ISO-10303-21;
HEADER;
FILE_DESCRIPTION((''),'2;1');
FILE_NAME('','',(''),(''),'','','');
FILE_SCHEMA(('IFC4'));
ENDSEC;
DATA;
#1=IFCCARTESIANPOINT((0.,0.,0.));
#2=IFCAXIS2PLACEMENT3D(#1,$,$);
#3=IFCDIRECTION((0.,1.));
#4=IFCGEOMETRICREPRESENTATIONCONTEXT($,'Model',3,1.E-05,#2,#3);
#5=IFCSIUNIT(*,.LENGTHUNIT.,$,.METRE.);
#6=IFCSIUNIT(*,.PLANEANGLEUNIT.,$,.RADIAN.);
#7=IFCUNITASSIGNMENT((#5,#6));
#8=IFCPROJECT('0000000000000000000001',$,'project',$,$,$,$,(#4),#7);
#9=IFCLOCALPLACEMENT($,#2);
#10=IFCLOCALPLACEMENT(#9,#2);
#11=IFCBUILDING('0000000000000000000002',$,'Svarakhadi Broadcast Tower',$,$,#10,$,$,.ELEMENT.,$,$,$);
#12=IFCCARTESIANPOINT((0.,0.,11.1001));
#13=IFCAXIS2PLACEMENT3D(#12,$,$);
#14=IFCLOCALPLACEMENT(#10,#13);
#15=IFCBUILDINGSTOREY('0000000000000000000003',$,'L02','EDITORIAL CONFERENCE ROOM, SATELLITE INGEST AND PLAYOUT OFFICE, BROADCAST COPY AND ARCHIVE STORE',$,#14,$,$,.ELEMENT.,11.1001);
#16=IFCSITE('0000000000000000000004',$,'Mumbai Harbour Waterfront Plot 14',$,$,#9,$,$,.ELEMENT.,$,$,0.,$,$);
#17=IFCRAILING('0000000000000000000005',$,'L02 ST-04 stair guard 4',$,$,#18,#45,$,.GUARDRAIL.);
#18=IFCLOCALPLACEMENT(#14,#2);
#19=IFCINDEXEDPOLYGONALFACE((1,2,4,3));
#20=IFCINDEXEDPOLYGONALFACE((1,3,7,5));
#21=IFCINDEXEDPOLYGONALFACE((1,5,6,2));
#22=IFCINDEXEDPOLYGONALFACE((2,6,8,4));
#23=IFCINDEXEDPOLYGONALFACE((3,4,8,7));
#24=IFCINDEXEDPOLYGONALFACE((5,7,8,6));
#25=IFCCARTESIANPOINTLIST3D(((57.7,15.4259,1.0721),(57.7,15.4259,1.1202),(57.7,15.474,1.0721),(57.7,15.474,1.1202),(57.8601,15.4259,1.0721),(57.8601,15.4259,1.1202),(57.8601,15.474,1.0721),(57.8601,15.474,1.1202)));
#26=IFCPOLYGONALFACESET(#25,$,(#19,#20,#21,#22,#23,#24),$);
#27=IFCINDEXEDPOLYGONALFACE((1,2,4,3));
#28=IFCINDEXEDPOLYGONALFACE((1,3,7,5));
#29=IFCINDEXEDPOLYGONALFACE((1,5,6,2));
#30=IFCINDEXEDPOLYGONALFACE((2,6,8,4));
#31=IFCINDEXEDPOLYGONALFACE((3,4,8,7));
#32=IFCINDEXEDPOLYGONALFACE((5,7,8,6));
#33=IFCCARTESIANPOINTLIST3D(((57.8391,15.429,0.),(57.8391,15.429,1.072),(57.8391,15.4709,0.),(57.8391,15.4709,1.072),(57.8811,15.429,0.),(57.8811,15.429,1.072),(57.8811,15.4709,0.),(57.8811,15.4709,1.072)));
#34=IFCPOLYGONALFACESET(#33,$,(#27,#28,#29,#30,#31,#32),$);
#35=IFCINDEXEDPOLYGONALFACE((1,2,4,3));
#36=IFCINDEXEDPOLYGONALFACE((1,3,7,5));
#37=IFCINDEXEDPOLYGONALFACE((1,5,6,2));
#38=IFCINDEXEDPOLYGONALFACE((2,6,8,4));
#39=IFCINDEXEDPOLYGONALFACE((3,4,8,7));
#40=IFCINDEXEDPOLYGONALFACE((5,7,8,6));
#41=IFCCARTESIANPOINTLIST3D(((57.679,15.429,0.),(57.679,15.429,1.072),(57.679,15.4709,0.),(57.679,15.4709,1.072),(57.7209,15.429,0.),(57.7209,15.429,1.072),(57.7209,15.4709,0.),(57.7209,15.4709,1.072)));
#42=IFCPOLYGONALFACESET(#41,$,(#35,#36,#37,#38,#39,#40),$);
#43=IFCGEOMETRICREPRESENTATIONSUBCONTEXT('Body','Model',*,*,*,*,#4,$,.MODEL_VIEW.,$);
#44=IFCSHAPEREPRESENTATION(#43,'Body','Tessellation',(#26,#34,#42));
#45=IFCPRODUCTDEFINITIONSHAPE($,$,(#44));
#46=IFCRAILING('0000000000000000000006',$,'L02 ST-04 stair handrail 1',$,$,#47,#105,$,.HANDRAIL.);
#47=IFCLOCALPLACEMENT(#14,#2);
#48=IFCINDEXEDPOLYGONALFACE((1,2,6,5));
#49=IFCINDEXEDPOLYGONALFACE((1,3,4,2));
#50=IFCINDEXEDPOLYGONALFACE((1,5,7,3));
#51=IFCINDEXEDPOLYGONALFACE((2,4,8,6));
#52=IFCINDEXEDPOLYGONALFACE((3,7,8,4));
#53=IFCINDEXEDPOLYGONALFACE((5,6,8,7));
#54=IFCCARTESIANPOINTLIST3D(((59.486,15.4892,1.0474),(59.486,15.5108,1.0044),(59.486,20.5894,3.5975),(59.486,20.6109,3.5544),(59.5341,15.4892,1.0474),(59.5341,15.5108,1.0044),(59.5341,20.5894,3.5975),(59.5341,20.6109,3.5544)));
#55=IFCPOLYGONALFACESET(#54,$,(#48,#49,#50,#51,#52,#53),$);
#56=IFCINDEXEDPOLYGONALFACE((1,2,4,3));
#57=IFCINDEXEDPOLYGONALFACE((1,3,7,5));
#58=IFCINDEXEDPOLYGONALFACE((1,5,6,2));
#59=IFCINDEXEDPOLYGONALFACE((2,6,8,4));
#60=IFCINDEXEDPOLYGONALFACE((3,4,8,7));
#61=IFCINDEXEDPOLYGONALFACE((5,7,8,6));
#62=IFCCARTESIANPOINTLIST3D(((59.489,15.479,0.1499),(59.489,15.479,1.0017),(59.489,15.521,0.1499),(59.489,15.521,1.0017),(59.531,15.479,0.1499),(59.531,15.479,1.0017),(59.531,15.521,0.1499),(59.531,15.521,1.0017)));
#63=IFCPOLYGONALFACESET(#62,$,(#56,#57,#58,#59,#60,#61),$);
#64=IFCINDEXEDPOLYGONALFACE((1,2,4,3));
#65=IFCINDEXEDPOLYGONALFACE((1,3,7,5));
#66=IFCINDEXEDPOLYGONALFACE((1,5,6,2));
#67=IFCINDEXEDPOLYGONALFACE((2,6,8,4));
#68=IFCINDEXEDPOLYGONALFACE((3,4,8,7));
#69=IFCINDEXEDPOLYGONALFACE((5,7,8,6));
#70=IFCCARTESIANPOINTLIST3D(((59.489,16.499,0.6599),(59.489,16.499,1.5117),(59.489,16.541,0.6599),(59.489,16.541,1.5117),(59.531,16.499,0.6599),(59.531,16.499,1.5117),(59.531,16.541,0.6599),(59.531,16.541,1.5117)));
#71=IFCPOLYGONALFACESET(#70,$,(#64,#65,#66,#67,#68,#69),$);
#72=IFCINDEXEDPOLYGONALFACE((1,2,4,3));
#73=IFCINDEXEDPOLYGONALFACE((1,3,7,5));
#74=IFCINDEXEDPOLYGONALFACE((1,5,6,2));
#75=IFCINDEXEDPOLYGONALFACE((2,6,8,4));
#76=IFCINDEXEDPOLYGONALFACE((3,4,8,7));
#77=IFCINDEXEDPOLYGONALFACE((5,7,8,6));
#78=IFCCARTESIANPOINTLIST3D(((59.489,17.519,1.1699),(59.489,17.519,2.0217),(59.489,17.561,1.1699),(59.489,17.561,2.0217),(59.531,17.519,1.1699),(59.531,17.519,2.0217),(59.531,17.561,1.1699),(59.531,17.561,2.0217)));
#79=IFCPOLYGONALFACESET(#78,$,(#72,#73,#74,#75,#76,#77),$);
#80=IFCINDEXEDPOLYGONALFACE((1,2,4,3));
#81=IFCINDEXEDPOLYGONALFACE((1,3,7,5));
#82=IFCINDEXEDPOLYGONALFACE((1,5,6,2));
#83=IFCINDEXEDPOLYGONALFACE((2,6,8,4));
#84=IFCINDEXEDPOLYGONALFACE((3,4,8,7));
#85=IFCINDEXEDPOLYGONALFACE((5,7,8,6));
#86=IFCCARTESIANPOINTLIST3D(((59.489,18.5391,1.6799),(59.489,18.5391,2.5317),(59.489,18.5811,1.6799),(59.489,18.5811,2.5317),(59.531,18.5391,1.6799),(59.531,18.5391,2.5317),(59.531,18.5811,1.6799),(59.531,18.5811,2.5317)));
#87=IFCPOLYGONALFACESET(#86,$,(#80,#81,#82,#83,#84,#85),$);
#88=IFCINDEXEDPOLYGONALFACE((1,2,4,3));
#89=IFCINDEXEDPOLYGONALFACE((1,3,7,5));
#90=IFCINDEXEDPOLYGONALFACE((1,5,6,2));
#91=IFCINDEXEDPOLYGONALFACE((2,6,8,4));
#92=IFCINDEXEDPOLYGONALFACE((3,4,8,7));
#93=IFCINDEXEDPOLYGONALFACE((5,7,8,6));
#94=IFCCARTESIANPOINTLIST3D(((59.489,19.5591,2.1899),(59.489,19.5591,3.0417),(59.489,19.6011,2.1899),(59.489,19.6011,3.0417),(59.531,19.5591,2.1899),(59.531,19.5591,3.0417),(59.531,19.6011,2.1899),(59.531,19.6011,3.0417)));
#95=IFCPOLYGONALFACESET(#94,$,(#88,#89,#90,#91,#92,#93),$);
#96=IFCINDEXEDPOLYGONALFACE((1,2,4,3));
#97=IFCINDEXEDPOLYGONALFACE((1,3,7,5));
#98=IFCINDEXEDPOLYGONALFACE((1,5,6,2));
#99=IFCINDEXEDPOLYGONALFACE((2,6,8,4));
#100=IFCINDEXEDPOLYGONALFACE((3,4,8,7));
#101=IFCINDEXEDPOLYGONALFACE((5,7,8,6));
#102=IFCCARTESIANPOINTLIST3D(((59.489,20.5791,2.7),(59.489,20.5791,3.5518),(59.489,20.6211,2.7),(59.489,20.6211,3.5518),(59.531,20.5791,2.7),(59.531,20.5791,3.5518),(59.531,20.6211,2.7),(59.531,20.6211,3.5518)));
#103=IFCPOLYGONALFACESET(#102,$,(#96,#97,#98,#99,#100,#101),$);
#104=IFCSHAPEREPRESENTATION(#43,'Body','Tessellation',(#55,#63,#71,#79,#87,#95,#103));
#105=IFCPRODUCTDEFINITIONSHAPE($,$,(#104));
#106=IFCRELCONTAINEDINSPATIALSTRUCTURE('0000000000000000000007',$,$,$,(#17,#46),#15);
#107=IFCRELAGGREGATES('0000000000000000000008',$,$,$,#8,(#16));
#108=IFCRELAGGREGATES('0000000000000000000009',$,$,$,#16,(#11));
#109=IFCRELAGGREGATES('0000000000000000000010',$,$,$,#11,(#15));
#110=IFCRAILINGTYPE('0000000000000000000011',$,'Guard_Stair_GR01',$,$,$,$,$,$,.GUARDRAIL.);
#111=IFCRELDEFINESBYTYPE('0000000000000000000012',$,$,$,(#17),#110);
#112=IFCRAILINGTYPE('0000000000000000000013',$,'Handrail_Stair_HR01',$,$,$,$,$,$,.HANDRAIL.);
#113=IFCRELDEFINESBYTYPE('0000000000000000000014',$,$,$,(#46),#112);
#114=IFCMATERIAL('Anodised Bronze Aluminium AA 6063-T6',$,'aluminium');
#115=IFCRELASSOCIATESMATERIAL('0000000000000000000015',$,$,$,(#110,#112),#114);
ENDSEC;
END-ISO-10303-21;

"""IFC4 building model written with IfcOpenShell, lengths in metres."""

from ifc_helpers import new_model, si_unit, direction, frame, origin, origin_2d, place, context, subcontext, project, spatial, rectangle, extrude, material, type_object, element, save


model = new_model("IFC4")

# Units and contexts
model_context = context("Model", 3, precision=1e-05, world=origin(), true_north=direction((0.0, 1.0)))
body_context = subcontext(model_context, "Body", "Model", "MODEL_VIEW")
ifc_project = project(units=[si_unit("LENGTHUNIT", "METRE"), si_unit("PLANEANGLEUNIT", "RADIAN")], contexts=[model_context])

# Site, building, storey
site_placement = place(None, origin())
site = spatial("IfcSite", under=ifc_project, at=site_placement, Name="Mumbai Harbour Waterfront Plot 14", CompositionType="ELEMENT", RefElevation=0.0)
building_placement = place(site_placement, origin())
building = spatial("IfcBuilding", under=site, at=building_placement, Name="Svarakhadi Broadcast Tower", CompositionType="ELEMENT")
storey_placement = place(building_placement, frame((0.0, 0.0, 11.1001)))
storey = spatial("IfcBuildingStorey", under=building, at=storey_placement, Name="L02", Description="EDITORIAL CONFERENCE ROOM, SATELLITE INGEST AND PLAYOUT OFFICE, BROADCAST COPY AND ARCHIVE STORE", CompositionType="ELEMENT", Elevation=11.1001)

# Shared definitions
ifc_material_1 = material(Name="Anodised Bronze Aluminium AA 6063-T6", Category="aluminium")

# Railings
railing_type_1 = type_object("IfcRailingType", Name="Guard_Stair_GR01", PredefinedType="GUARDRAIL", material=ifc_material_1)
railing_1_placement = place(storey_placement, frame((57.8601, 15.45, 0.0)))
element("IfcRailing", 1, at=railing_1_placement, inside=storey, type_object=railing_type_1, Name="L02 ST-04 stair guard 4", PredefinedType="GUARDRAIL", context=body_context, shape_type="SweptSolid", body=[
    extrude(rectangle(XDim=0.0481, YDim=0.0481, at=origin_2d()), frame((0.0, 0.0, 1.0962), z_axis=(-1.0, 0.0, 0.0), x_axis=(0.0, -1.0, 0.0)), (0.0, 0.0, 1.0), 0.1602),
    extrude(rectangle(XDim=0.042, YDim=0.042, at=origin_2d()), origin(), (0.0, 0.0, 1.0), 1.072),
    extrude(rectangle(XDim=0.042, YDim=0.042, at=origin_2d()), frame((-0.1602, 0.0, 0.0)), (0.0, 0.0, 1.0), 1.072),
])
railing_type_2 = type_object("IfcRailingType", Name="Handrail_Stair_HR01", PredefinedType="HANDRAIL", material=ifc_material_1)
railing_2_placement = place(storey_placement, frame((59.51, 15.5, 0.1499)))
element("IfcRailing", 2, at=railing_2_placement, inside=storey, type_object=railing_type_2, Name="L02 ST-04 stair handrail 1", PredefinedType="HANDRAIL", context=body_context, shape_type="SweptSolid", body=[
    extrude(rectangle(XDim=0.0481, YDim=0.0481, at=origin_2d()), frame((0.0, 0.0, 0.876), z_axis=(0.0, 0.894427, 0.447214), x_axis=(-1.0, 0.0, 0.0)), (0.0, 0.0, 1.0), 5.7021),
    extrude(rectangle(XDim=0.042, YDim=0.042, at=origin_2d()), origin(), (0.0, 0.0, 1.0), 0.8518),
    extrude(rectangle(XDim=0.042, YDim=0.042, at=origin_2d()), frame((0.0, 1.02, 0.51)), (0.0, 0.0, 1.0), 0.8518),
    extrude(rectangle(XDim=0.042, YDim=0.042, at=origin_2d()), frame((0.0, 2.04, 1.02)), (0.0, 0.0, 1.0), 0.8518),
    extrude(rectangle(XDim=0.042, YDim=0.042, at=origin_2d()), frame((0.0, 3.0601, 1.53)), (0.0, 0.0, 1.0), 0.8518),
    extrude(rectangle(XDim=0.042, YDim=0.042, at=origin_2d()), frame((0.0, 4.0801, 2.04)), (0.0, 0.0, 1.0), 0.8518),
    extrude(rectangle(XDim=0.042, YDim=0.042, at=origin_2d()), frame((0.0, 5.1001, 2.55)), (0.0, 0.0, 1.0), 0.8518),
])

save(model, "model.ifc")
